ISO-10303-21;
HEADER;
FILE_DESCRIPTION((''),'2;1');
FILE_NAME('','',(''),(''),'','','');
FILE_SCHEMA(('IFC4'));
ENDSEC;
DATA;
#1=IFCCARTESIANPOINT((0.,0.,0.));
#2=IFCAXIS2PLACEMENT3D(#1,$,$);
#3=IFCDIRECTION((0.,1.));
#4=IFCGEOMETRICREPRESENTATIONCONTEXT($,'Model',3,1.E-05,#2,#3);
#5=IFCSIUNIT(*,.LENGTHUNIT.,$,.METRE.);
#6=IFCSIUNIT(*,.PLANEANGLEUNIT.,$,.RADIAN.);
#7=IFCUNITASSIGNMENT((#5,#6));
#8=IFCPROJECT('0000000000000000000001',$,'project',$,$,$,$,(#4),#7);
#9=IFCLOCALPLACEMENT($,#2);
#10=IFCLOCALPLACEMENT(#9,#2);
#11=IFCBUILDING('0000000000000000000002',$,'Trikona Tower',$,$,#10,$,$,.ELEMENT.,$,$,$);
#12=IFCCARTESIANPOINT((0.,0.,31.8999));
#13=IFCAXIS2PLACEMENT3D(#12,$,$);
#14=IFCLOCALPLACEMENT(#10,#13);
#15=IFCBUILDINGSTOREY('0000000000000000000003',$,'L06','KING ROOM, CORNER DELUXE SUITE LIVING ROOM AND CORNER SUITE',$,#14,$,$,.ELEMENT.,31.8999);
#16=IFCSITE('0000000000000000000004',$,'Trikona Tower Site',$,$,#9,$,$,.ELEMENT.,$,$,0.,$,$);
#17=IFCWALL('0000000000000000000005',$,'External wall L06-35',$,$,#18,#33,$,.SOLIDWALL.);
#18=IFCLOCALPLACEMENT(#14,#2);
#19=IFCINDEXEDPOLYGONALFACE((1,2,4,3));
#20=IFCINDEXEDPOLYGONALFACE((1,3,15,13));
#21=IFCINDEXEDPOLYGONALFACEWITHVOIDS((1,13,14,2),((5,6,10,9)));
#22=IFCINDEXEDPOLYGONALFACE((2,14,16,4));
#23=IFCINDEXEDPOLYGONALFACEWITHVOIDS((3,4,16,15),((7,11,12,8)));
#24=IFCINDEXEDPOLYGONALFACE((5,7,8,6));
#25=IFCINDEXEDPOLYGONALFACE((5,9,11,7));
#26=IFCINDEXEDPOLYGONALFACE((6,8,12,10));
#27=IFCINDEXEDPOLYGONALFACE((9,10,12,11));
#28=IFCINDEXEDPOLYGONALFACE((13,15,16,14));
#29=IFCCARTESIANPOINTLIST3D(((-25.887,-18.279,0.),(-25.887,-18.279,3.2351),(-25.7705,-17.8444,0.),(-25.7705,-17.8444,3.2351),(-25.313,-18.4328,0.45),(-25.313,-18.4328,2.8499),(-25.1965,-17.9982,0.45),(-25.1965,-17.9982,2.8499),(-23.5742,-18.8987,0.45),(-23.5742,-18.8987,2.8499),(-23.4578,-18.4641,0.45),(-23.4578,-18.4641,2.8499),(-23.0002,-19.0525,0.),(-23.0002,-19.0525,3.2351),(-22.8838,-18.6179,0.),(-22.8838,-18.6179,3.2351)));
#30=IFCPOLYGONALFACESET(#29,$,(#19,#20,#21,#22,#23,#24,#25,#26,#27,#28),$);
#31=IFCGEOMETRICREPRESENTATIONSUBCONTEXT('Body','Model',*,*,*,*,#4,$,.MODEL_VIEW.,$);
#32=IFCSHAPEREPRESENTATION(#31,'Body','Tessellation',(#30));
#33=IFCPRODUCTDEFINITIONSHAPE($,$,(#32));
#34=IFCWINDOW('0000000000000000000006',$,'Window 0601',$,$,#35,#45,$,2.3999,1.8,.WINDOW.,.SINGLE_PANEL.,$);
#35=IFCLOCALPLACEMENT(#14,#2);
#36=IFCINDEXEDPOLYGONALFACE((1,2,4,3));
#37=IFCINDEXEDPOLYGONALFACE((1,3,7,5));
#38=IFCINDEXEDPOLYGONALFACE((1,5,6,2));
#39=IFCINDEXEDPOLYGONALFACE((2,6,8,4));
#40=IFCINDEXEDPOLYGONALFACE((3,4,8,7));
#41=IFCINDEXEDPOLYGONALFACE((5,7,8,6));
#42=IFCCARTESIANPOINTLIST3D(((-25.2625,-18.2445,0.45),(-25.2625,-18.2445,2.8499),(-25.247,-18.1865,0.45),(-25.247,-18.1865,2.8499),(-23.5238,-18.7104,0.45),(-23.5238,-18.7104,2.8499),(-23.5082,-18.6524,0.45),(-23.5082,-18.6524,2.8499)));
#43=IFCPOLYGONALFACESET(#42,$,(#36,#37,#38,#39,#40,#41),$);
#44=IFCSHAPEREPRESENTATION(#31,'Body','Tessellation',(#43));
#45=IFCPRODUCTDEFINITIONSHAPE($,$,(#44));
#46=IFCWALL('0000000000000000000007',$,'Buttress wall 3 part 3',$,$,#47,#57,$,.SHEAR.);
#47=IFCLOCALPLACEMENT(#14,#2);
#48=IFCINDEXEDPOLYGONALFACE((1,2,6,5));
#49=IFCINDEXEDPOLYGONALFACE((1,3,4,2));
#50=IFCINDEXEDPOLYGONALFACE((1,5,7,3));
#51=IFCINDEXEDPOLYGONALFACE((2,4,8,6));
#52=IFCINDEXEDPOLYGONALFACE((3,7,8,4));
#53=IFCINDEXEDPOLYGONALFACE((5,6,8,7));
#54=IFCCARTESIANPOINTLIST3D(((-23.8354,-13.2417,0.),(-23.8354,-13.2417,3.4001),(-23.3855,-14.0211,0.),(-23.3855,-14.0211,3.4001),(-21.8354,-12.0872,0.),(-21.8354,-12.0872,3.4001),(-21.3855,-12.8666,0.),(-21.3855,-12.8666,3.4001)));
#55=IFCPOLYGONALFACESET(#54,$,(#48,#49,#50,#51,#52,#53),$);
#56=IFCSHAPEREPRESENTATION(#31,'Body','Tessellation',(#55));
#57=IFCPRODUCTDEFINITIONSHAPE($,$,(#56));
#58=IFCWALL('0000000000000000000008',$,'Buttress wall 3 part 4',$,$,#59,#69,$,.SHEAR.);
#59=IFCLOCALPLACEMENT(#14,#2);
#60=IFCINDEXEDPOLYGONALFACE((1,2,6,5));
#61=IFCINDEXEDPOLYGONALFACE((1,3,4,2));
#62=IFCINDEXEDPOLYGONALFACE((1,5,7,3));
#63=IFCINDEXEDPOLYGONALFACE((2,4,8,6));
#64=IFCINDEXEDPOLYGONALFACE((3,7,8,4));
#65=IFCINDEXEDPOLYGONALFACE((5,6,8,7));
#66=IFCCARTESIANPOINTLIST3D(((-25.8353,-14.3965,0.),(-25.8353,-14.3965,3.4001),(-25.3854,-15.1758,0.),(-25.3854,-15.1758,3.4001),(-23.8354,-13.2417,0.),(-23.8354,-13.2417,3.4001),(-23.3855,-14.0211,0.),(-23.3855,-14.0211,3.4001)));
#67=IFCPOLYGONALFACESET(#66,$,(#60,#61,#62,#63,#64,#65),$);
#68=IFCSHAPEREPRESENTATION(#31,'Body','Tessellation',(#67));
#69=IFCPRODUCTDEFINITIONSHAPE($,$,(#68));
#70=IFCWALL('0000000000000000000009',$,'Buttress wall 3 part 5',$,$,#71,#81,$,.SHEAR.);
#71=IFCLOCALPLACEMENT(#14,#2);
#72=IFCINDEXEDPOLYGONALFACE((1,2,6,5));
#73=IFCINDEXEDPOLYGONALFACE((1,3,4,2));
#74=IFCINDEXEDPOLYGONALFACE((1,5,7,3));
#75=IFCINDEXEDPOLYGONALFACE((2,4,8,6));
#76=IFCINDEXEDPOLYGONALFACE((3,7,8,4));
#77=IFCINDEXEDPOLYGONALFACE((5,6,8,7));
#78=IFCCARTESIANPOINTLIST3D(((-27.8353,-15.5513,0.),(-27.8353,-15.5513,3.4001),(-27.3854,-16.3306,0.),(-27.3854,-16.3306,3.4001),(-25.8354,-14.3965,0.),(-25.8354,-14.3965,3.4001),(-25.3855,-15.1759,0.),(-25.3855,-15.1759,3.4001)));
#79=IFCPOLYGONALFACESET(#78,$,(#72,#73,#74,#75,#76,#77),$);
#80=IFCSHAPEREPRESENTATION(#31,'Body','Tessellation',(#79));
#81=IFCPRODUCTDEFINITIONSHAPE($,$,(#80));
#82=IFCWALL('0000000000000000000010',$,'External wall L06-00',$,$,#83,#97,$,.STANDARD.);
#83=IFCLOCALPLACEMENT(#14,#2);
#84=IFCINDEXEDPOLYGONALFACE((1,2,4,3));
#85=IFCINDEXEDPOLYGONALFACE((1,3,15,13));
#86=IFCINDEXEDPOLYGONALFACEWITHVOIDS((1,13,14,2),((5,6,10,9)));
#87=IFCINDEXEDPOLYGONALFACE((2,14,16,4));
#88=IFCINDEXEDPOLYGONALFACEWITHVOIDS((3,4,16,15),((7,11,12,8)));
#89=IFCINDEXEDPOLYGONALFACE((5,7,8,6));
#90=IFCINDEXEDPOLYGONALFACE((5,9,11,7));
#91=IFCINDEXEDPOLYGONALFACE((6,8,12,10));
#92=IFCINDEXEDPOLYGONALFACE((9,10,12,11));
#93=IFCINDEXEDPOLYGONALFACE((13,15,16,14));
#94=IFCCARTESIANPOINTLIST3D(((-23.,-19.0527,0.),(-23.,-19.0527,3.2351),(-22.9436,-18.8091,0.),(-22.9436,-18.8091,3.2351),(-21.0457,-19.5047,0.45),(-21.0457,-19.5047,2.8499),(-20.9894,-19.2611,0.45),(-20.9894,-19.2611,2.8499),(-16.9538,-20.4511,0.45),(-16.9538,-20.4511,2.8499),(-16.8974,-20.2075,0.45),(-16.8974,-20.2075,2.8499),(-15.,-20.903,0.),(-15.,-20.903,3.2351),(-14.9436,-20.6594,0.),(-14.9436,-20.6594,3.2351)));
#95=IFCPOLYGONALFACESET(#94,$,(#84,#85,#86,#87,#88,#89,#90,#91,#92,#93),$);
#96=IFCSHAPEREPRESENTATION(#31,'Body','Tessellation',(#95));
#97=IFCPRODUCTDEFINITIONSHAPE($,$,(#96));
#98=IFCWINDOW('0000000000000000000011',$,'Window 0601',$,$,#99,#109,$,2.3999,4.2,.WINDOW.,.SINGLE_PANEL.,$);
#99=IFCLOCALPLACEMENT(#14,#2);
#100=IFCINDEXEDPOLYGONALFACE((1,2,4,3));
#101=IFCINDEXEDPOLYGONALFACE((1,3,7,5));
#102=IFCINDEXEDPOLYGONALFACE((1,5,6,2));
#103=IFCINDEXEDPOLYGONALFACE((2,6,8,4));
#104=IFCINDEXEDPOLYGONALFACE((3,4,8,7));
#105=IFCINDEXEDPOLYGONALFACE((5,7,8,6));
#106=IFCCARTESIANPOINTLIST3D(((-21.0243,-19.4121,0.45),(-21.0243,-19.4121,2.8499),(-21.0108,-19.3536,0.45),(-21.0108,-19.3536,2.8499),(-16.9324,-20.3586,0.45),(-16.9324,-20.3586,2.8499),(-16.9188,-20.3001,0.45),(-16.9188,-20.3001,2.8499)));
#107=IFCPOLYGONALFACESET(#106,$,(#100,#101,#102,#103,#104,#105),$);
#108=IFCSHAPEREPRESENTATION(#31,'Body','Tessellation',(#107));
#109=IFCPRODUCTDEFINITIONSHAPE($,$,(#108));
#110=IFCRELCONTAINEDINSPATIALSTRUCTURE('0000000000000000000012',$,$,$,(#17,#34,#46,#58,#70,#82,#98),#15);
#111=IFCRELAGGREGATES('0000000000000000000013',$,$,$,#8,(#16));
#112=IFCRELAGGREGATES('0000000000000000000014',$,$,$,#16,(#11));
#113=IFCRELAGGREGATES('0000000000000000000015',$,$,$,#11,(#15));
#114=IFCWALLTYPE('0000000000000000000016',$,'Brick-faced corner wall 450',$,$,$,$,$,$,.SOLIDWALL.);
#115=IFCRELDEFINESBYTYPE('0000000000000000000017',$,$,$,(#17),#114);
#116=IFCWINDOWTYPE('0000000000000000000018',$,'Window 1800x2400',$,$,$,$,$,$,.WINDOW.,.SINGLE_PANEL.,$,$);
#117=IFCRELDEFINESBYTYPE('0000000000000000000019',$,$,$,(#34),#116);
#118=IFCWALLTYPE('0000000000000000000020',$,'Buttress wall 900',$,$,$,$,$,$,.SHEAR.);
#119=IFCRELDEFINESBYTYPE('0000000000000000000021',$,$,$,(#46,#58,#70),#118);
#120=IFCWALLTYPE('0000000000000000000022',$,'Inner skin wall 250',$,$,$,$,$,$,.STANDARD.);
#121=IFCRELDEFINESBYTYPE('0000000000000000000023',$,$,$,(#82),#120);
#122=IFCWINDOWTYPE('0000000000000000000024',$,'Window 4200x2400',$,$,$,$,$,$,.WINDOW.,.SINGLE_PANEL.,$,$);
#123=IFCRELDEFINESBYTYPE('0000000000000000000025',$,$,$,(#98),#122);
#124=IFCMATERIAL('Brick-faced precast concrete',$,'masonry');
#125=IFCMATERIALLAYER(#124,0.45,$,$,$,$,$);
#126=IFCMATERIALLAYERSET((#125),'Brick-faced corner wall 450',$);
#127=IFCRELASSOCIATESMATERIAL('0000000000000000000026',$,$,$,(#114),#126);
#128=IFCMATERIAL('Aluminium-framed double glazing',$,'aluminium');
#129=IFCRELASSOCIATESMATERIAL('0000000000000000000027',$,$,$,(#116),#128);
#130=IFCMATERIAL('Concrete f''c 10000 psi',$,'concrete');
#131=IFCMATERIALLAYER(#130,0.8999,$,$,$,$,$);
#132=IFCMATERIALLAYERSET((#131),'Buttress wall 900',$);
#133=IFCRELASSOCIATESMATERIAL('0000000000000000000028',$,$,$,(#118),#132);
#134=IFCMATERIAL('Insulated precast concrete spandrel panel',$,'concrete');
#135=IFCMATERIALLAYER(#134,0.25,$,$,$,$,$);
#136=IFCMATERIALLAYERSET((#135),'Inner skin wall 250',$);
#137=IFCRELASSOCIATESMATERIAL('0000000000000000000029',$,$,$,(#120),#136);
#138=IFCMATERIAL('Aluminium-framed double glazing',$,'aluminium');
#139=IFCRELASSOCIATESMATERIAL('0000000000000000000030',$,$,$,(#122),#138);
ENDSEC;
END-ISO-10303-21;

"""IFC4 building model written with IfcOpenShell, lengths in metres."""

from ifc_helpers import new_model, si_unit, direction, frame, frame_2d, origin, place, context, subcontext, project, spatial, rectangle, extrude, material, layer, layer_set, type_object, element, fill, save


model = new_model("IFC4")

# Units and contexts
model_context = context("Model", 3, precision=1e-05, world=origin(), true_north=direction((0.0, 1.0)))
body_context = subcontext(model_context, "Body", "Model", "MODEL_VIEW")
ifc_project = project(units=[si_unit("LENGTHUNIT", "METRE"), si_unit("PLANEANGLEUNIT", "RADIAN")], contexts=[model_context])

# Site, building, storey
site_placement = place(None, origin())
site = spatial("IfcSite", under=ifc_project, at=site_placement, Name="Trikona Tower Site", CompositionType="ELEMENT", RefElevation=0.0)
building_placement = place(site_placement, origin())
building = spatial("IfcBuilding", under=site, at=building_placement, Name="Trikona Tower", CompositionType="ELEMENT")
storey_placement = place(building_placement, frame((0.0, 0.0, 31.8999)))
storey = spatial("IfcBuildingStorey", under=building, at=storey_placement, Name="L06", Description="KING ROOM, CORNER DELUXE SUITE LIVING ROOM AND CORNER SUITE", CompositionType="ELEMENT", Elevation=31.8999)

# Wall, opening, window
ifc_material_1 = material(Name="Brick-faced precast concrete", Category="masonry")
ifc_layer_1 = layer(ifc_material_1, 0.45)
ifc_layer_set_1 = layer_set([ifc_layer_1], Name="Brick-faced corner wall 450")
wall_type_1 = type_object("IfcWallType", Name="Brick-faced corner wall 450", PredefinedType="SOLIDWALL", material=ifc_layer_set_1)
wall_1_placement = place(storey_placement, frame((-25.8286, -18.0618, 0.0), z_axis=(0.0, 0.0, 1.0), x_axis=(0.965931, -0.258801, 0.0)))
wall_1 = element("IfcWall", 1, at=wall_1_placement, inside=storey, type_object=wall_type_1, Name="External wall L06-35", PredefinedType="SOLIDWALL", context=body_context, shape_type="SweptSolid", body=[
    extrude(rectangle(XDim=2.9885, YDim=0.45, at=frame_2d((1.4941, 0.0))), origin(), (0.0, 0.0, 1.0), 3.2351),
])
opening_1_placement = place(wall_1_placement, frame((0.5942, 0.0, 0.45)))
opening_1 = element("IfcOpeningElement", 2, at=opening_1_placement, cuts=wall_1, PredefinedType="OPENING", context=body_context, shape_type="SweptSolid", body=[
    extrude(rectangle(XDim=1.8, YDim=2.3999, at=frame_2d((0.8999, 1.2))), frame((0.0, 0.2349, 0.0), z_axis=(0.0, -1.0, 0.0), x_axis=(1.0, 0.0, 0.0)), (0.0, 0.0, 1.0), 0.47),
])
ifc_material_2 = material(Name="Aluminium-framed double glazing", Category="aluminium")
window_type_1 = type_object("IfcWindowType", Name="Window 1800x2400", PartitioningType="SINGLE_PANEL", PredefinedType="WINDOW", material=ifc_material_2)
window_1_placement = place(opening_1_placement, origin())
window_1 = element("IfcWindow", 3, at=window_1_placement, inside=storey, type_object=window_type_1, Name="Window 0601", OverallHeight=2.3999, OverallWidth=1.8, PartitioningType="SINGLE_PANEL", PredefinedType="WINDOW", context=body_context, shape_type="SweptSolid", body=[
    extrude(rectangle(XDim=1.8, YDim=2.3999, at=frame_2d((0.8999, 1.2))), frame((0.0, 0.03, 0.0), z_axis=(0.0, -1.0, 0.0), x_axis=(1.0, 0.0, 0.0)), (0.0, 0.0, 1.0), 0.0601),
])
fill(opening_1, window_1)

# Walls
ifc_material_3 = material(Name="Concrete f'c 10000 psi", Category="concrete")
ifc_layer_2 = layer(ifc_material_3, 0.8999)
ifc_layer_set_2 = layer_set([ifc_layer_2], Name="Buttress wall 900")
wall_type_2 = type_object("IfcWallType", Name="Buttress wall 900", PredefinedType="SHEAR", material=ifc_layer_set_2)
for number, where, z_axis, x_axis, name in (
    (4, (-21.6104, -12.4768, 0.0), (0.0, 0.0, 1.0), (-0.866055, -0.499948, 0.0), "Buttress wall 3 part 3"),
    (5, (-23.6104, -13.6313, 0.0), (0.0, 0.0, 1.0), (-0.86601, -0.500027, 0.0), "Buttress wall 3 part 4"),
    (6, (-25.6104, -14.7861, 0.0), (0.0, 0.0, 1.0), (-0.86601, -0.500027, 0.0), "Buttress wall 3 part 5"),
):
    element("IfcWall", number, at=place(storey_placement, frame(where, z_axis=z_axis, x_axis=x_axis)), inside=storey, type_object=wall_type_2, Name=name, PredefinedType="SHEAR", context=body_context, shape_type="SweptSolid", body=[
        extrude(rectangle(XDim=2.3093, YDim=0.8999, at=frame_2d((1.1548, 0.0))), origin(), (0.0, 0.0, 1.0), 3.4001),
    ])

# Wall, opening, window
ifc_material_4 = material(Name="Insulated precast concrete spandrel panel", Category="concrete")
ifc_layer_3 = layer(ifc_material_4, 0.25)
ifc_layer_set_3 = layer_set([ifc_layer_3], Name="Inner skin wall 250")
wall_type_3 = type_object("IfcWallType", Name="Inner skin wall 250", PredefinedType="STANDARD", material=ifc_layer_set_3)
wall_2_placement = place(storey_placement, frame((-22.9717, -18.9309, 0.0), z_axis=(0.0, 0.0, 1.0), x_axis=(0.974279, -0.225344, 0.0)))
wall_2 = element("IfcWall", 7, at=wall_2_placement, inside=storey, type_object=wall_type_3, Name="External wall L06-00", PredefinedType="STANDARD", context=body_context, shape_type="SweptSolid", body=[
    extrude(rectangle(XDim=8.2112, YDim=0.25, at=frame_2d((4.1055, 0.0))), origin(), (0.0, 0.0, 1.0), 3.2351),
])
opening_2_placement = place(wall_2_placement, frame((2.0056, 0.0, 0.45)))
opening_2 = element("IfcOpeningElement", 8, at=opening_2_placement, cuts=wall_2, PredefinedType="OPENING", context=body_context, shape_type="SweptSolid", body=[
    extrude(rectangle(XDim=4.2, YDim=2.3999, at=frame_2d((2.1001, 1.2))), frame((0.0, 0.135, 0.0), z_axis=(0.0, -1.0, 0.0), x_axis=(1.0, 0.0, 0.0)), (0.0, 0.0, 1.0), 0.27),
])
ifc_material_5 = material(Name="Aluminium-framed double glazing", Category="aluminium")
window_type_2 = type_object("IfcWindowType", Name="Window 4200x2400", PartitioningType="SINGLE_PANEL", PredefinedType="WINDOW", material=ifc_material_5)
window_2_placement = place(opening_2_placement, origin())
window_2 = element("IfcWindow", 9, at=window_2_placement, inside=storey, type_object=window_type_2, Name="Window 0601", OverallHeight=2.3999, OverallWidth=4.2, PartitioningType="SINGLE_PANEL", PredefinedType="WINDOW", context=body_context, shape_type="SweptSolid", body=[
    extrude(rectangle(XDim=4.2, YDim=2.3999, at=frame_2d((2.1001, 1.2))), frame((0.0, 0.03, 0.0), z_axis=(0.0, -1.0, 0.0), x_axis=(1.0, 0.0, 0.0)), (0.0, 0.0, 1.0), 0.0601),
])
fill(opening_2, window_2)

save(model, "model.ifc")
